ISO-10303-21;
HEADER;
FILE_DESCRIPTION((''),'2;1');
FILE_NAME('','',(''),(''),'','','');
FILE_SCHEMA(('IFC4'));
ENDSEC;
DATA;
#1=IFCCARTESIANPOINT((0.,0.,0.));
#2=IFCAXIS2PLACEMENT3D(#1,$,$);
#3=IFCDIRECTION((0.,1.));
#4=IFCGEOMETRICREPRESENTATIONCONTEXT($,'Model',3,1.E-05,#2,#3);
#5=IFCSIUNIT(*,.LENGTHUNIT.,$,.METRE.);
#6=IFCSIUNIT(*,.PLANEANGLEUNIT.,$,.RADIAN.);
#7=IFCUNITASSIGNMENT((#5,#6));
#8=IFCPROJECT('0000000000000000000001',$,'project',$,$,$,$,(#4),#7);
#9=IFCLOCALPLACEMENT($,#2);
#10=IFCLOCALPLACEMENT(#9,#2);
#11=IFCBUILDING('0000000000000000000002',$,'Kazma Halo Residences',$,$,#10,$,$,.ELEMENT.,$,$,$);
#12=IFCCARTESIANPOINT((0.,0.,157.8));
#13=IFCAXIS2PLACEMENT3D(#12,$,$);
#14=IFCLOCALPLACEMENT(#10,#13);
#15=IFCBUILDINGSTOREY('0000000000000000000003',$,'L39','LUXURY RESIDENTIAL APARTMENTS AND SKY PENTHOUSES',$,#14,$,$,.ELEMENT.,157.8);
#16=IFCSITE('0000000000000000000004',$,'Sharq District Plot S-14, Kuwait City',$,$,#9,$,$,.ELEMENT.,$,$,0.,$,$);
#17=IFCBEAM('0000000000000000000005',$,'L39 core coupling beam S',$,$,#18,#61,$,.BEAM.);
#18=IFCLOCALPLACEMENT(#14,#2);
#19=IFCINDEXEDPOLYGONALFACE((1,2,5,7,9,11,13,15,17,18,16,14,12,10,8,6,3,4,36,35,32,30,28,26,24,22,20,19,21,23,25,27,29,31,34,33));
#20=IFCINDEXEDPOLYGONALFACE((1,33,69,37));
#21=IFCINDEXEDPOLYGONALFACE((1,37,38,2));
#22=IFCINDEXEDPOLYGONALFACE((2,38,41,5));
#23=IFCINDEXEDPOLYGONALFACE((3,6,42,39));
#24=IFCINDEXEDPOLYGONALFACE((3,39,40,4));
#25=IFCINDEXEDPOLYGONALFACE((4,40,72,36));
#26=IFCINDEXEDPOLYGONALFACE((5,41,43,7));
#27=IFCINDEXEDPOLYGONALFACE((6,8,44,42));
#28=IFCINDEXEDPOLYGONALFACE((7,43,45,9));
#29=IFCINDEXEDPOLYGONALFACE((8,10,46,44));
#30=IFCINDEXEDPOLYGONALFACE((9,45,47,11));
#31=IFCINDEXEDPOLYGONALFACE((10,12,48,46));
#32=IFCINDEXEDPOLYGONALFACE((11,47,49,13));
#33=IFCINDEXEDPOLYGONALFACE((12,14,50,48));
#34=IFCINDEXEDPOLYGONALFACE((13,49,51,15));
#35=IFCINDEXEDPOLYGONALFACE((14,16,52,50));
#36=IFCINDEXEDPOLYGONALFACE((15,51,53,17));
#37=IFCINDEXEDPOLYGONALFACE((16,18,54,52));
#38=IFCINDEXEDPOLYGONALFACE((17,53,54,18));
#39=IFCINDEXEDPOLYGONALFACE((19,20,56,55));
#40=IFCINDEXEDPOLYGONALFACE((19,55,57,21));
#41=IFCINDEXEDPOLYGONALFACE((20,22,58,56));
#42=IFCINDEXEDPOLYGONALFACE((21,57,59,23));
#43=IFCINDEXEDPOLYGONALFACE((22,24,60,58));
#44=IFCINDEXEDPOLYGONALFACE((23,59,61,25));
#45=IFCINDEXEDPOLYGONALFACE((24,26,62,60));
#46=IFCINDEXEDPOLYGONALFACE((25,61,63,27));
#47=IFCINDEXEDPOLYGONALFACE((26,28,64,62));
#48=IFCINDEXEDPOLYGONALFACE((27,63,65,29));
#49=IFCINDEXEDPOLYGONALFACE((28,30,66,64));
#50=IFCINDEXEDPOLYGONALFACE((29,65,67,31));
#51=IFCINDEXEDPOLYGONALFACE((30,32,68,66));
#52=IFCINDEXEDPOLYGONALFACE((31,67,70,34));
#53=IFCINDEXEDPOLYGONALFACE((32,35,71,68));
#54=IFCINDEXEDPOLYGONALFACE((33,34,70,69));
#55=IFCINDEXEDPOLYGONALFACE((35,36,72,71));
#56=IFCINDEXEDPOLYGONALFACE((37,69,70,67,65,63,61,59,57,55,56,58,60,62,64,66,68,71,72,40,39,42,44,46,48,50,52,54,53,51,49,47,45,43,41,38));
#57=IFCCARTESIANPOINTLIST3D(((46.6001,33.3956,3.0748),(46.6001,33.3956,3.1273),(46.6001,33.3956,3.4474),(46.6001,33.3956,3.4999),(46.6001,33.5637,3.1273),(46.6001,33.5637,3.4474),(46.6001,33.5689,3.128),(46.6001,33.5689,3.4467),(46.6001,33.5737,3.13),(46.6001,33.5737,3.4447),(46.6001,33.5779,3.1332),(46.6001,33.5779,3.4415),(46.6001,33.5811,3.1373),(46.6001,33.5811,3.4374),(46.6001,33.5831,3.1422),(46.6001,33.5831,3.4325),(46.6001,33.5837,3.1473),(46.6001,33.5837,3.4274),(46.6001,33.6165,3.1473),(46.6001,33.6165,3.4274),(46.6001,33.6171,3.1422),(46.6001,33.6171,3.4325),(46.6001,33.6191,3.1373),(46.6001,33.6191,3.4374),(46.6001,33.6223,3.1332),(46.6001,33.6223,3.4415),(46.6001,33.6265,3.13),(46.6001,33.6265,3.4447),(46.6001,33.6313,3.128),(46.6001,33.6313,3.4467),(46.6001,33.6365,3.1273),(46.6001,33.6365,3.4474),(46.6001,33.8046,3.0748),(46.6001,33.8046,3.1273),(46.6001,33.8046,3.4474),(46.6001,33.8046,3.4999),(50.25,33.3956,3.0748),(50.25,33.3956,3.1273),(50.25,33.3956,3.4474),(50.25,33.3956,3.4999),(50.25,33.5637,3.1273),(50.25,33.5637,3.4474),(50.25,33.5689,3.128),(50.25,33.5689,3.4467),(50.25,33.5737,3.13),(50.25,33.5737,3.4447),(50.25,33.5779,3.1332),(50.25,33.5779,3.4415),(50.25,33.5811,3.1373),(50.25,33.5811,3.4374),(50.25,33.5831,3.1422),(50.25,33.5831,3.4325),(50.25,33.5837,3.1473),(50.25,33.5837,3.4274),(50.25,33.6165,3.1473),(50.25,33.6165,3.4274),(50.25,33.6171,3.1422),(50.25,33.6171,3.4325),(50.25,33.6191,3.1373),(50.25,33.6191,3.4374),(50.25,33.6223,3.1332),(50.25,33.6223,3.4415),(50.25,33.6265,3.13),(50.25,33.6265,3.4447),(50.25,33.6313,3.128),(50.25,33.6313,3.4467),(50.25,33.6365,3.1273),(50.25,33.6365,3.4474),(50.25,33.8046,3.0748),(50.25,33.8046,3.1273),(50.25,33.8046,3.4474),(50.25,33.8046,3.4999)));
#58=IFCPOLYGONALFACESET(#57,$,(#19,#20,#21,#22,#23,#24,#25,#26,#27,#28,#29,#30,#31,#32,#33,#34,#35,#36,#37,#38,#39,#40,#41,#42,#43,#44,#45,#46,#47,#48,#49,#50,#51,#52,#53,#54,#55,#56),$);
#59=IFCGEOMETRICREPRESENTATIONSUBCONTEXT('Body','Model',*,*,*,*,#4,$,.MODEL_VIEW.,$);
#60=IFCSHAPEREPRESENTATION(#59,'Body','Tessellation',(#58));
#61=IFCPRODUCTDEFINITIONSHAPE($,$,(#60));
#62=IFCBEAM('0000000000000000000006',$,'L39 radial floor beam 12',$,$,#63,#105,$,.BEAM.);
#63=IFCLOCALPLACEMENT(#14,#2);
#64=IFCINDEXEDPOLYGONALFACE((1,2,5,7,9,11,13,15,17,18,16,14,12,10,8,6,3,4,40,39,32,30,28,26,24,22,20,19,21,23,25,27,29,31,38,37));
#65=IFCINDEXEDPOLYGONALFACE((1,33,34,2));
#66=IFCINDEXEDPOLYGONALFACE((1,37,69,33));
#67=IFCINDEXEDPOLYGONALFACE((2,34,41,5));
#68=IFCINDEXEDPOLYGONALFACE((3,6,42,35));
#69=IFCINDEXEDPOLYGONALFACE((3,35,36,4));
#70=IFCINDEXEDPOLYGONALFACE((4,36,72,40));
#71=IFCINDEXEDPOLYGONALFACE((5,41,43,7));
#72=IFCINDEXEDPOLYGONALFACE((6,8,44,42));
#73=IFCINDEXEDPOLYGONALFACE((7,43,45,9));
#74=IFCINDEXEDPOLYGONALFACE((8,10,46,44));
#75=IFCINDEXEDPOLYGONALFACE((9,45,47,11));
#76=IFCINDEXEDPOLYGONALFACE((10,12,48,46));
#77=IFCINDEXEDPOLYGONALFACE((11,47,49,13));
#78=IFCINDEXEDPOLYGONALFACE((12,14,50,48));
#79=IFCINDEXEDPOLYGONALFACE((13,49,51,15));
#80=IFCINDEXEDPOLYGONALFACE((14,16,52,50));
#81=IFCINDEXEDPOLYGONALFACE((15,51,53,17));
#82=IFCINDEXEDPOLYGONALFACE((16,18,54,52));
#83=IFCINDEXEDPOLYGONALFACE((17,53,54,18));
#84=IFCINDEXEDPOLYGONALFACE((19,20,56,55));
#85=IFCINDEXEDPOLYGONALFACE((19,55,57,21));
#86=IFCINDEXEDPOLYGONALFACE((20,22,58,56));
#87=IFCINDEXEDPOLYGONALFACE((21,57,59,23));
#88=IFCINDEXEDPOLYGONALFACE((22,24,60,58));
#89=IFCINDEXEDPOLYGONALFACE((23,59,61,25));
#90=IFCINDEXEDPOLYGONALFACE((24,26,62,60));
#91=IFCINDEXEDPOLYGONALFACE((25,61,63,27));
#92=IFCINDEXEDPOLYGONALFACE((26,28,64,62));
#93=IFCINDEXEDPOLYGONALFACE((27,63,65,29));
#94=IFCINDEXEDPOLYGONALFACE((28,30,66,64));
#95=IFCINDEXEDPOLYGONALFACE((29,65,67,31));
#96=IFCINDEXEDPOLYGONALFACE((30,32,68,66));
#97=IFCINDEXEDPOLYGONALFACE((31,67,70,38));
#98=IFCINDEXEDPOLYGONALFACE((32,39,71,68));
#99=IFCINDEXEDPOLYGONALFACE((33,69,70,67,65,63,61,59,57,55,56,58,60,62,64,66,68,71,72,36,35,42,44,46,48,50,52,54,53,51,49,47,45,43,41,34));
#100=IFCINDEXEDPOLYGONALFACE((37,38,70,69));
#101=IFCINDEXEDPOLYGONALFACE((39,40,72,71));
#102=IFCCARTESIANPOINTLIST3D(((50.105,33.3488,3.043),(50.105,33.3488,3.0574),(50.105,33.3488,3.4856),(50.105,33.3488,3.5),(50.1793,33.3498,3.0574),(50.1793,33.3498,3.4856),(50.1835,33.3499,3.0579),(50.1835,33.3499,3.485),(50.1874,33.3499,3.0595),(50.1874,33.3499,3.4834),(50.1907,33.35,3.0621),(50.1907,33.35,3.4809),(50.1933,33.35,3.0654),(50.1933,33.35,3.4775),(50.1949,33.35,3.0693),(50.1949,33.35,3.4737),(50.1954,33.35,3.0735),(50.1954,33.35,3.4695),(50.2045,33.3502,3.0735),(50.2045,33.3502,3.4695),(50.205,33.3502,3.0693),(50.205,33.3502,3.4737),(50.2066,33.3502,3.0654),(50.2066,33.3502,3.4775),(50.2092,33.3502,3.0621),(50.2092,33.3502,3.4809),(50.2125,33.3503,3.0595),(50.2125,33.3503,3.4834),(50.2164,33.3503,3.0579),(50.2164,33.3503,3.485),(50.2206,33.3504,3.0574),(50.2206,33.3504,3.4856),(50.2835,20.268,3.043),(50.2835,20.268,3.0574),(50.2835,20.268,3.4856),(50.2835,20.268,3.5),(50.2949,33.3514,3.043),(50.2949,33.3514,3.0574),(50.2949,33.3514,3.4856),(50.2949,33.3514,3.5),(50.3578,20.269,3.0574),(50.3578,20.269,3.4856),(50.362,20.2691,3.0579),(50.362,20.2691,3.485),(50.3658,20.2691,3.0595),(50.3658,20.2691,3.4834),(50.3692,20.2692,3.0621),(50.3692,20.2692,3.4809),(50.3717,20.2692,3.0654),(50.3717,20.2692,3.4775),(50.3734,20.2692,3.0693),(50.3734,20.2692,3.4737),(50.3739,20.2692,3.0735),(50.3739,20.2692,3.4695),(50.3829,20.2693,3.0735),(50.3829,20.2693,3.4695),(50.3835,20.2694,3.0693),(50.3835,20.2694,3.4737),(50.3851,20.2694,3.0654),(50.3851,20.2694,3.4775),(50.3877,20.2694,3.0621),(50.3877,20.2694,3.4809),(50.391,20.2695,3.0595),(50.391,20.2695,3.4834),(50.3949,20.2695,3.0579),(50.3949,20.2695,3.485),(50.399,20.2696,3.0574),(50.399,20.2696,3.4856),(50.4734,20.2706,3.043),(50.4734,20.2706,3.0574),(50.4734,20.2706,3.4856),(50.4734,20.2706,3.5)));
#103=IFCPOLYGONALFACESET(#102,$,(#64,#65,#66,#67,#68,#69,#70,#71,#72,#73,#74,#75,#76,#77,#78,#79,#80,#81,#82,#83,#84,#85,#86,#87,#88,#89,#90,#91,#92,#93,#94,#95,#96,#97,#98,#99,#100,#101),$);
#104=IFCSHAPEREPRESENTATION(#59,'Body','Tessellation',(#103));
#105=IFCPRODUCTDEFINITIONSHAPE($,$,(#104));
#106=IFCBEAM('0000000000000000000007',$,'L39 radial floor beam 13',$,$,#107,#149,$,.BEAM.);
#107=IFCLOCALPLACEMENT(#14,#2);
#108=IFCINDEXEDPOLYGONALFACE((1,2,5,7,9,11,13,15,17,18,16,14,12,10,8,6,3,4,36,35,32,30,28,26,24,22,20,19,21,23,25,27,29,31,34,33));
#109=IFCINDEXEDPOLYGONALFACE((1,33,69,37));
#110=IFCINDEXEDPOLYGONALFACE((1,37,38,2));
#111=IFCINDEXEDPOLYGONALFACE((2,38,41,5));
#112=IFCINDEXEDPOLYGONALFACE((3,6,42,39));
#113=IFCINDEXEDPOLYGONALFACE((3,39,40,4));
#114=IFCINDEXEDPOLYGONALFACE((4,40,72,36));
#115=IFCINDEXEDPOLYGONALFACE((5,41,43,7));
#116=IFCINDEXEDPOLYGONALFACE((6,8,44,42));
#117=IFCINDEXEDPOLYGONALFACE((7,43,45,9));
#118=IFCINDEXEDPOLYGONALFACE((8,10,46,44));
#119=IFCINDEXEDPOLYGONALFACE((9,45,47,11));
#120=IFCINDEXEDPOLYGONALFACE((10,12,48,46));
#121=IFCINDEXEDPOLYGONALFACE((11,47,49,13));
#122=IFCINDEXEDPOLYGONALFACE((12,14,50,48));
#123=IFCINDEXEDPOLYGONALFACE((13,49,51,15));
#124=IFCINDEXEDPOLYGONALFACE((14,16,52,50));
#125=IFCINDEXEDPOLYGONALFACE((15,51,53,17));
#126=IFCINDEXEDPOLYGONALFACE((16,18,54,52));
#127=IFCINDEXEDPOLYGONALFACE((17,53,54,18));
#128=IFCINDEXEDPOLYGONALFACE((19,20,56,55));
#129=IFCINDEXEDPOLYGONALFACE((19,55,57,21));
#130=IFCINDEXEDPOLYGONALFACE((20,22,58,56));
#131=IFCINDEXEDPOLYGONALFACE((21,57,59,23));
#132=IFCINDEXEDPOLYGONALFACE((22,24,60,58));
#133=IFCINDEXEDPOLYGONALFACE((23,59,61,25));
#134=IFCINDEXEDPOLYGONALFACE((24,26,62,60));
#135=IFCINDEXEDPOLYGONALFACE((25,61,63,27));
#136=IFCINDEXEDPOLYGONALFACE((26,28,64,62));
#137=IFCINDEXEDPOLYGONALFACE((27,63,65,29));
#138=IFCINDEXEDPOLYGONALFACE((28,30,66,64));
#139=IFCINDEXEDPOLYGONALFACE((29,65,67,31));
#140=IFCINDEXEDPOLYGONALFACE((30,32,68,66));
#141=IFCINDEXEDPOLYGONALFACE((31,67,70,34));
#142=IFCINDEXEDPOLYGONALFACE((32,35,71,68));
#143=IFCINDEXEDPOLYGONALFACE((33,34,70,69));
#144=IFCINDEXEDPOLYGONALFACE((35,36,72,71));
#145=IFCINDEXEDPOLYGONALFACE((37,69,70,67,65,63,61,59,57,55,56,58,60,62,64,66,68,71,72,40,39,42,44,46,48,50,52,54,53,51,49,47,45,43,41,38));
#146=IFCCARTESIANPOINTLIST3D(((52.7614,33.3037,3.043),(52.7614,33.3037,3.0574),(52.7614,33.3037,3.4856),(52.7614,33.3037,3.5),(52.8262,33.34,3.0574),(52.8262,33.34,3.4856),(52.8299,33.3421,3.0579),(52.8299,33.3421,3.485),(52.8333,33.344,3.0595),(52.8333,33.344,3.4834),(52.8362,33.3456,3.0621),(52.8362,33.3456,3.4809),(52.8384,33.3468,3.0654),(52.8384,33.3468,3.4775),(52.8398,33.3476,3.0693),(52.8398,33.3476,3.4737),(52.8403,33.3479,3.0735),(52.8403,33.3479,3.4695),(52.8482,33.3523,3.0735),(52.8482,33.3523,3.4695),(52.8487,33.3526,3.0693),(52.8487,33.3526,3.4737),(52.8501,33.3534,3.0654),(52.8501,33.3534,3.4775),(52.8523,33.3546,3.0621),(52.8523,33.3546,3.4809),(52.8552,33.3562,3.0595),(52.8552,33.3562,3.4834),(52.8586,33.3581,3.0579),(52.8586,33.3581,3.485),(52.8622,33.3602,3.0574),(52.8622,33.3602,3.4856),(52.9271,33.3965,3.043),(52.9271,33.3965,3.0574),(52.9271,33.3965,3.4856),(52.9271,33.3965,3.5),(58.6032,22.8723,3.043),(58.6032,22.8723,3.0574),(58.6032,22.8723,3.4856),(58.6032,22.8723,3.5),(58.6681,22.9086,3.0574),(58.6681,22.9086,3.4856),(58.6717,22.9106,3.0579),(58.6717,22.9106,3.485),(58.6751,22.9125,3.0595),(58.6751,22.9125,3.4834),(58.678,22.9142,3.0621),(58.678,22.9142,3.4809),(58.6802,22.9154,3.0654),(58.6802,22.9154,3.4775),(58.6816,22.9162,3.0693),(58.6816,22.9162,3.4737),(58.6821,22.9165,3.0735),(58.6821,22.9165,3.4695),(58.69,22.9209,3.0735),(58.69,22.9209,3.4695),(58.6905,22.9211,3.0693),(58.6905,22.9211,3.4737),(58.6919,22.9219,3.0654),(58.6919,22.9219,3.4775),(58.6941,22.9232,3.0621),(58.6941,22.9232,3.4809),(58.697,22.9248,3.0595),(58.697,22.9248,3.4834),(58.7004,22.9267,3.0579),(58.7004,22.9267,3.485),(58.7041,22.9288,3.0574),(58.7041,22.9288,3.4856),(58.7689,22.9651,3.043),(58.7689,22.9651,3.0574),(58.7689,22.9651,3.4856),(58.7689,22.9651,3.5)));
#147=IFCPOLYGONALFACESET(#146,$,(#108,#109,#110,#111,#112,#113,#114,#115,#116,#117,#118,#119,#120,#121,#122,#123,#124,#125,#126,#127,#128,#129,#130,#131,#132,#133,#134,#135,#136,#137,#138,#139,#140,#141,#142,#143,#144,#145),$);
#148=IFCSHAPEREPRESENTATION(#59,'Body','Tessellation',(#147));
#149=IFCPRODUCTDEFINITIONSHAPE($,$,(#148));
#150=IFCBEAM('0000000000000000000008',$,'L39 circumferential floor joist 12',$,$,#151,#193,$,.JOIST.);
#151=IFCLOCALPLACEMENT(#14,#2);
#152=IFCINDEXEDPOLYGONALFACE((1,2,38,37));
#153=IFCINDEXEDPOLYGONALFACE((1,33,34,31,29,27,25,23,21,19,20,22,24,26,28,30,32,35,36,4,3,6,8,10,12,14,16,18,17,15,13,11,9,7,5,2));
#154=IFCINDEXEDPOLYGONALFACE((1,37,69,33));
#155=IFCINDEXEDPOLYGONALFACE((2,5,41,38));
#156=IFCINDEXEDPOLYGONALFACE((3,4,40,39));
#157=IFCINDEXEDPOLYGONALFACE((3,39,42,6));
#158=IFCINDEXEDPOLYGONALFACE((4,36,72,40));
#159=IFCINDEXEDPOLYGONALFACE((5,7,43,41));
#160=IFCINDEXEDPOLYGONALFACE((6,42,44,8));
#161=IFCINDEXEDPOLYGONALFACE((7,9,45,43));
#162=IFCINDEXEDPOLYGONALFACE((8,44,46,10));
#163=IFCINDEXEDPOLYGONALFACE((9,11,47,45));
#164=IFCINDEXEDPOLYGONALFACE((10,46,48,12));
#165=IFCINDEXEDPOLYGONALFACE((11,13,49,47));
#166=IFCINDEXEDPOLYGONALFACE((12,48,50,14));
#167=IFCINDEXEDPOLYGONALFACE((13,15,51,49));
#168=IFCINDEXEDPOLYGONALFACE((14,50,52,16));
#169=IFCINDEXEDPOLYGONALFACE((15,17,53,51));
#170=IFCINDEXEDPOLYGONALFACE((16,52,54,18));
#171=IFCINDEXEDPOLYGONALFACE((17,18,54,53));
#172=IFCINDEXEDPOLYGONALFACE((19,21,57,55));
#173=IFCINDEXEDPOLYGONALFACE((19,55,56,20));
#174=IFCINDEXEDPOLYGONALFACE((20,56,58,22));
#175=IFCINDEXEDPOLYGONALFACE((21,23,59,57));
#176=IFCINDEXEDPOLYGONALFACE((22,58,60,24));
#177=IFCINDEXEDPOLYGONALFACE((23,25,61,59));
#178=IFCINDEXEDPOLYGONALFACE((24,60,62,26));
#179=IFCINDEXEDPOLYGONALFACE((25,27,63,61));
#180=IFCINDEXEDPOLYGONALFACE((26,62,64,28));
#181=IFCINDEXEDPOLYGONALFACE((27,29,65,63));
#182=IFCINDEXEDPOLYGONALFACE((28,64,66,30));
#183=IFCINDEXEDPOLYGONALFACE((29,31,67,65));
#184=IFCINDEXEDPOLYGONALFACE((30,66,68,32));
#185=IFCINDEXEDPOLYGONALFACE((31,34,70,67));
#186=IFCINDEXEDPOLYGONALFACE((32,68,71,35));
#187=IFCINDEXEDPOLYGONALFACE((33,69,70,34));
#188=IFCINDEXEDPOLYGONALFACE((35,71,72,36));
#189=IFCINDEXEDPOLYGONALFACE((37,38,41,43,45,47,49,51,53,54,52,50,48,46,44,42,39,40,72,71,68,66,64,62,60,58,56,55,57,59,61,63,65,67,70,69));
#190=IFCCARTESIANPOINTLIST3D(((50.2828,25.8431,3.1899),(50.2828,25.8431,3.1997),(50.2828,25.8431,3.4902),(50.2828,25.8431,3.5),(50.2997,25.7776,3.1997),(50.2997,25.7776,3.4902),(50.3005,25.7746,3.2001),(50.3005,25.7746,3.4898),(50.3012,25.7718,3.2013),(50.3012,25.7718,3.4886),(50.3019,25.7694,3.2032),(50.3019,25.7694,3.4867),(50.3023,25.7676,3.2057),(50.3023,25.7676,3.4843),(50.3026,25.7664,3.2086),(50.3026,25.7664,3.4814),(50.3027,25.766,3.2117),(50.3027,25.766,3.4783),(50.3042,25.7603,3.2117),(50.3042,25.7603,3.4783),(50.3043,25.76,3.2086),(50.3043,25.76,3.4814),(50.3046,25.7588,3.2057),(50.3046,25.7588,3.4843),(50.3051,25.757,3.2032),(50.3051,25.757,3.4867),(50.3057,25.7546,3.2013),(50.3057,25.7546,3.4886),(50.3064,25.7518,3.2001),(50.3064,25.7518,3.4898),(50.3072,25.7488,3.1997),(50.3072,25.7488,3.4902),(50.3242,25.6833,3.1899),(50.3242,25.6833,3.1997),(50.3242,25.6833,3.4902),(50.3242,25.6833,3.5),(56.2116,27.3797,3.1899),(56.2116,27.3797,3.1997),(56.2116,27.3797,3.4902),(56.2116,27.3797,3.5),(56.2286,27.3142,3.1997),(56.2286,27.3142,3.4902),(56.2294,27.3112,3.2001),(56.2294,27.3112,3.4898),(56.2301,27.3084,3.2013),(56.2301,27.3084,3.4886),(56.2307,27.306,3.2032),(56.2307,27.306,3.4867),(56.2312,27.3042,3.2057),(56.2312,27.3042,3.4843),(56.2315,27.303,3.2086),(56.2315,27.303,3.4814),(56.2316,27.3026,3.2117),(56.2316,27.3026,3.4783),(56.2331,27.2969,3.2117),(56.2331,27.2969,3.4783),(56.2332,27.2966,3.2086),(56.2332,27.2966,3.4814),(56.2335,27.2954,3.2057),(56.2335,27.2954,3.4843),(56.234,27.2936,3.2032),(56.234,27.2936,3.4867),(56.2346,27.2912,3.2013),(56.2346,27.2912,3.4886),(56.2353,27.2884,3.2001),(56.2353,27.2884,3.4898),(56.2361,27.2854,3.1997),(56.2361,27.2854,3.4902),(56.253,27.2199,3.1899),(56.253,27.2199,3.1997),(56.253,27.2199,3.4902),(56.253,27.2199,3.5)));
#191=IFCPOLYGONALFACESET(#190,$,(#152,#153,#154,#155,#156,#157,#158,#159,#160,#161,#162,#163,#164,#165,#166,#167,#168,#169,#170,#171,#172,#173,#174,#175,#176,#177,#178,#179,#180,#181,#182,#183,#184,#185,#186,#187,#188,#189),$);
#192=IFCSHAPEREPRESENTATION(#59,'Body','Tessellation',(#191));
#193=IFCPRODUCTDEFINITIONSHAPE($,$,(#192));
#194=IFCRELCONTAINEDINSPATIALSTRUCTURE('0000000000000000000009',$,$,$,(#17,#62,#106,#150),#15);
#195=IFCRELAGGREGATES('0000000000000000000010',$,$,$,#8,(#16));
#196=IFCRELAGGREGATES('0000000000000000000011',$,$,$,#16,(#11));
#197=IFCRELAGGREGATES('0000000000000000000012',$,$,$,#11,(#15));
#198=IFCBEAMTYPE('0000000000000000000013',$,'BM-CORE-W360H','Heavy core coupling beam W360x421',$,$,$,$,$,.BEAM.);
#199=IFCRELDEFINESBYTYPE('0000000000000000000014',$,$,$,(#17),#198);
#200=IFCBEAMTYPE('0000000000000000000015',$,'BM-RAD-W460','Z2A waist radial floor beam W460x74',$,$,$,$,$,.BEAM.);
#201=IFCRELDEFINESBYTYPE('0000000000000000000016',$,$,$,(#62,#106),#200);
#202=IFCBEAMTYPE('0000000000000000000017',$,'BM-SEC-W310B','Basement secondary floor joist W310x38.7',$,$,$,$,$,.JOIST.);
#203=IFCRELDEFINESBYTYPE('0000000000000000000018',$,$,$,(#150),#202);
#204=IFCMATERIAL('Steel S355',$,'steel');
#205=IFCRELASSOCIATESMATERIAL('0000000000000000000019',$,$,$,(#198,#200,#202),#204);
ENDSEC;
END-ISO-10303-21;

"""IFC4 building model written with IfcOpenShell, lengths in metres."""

from ifc_helpers import new_model, si_unit, direction, frame, origin, origin_2d, place, context, subcontext, project, spatial, i_section, extrude, material, material_profile, profile_set, type_object, element, save


model = new_model("IFC4")

# Units and contexts
model_context = context("Model", 3, precision=1e-05, world=origin(), true_north=direction((0.0, 1.0)))
body_context = subcontext(model_context, "Body", "Model", "MODEL_VIEW")
ifc_project = project(units=[si_unit("LENGTHUNIT", "METRE"), si_unit("PLANEANGLEUNIT", "RADIAN")], contexts=[model_context])

# Site, building, storey
site_placement = place(None, origin())
site = spatial("IfcSite", under=ifc_project, at=site_placement, Name="Sharq District Plot S-14, Kuwait City", CompositionType="ELEMENT", RefElevation=0.0)
building_placement = place(site_placement, origin())
building = spatial("IfcBuilding", under=site, at=building_placement, Name="Kazma Halo Residences", CompositionType="ELEMENT")
storey_placement = place(building_placement, frame((0.0, 0.0, 157.8)))
storey = spatial("IfcBuildingStorey", under=building, at=storey_placement, Name="L39", Description="LUXURY RESIDENTIAL APARTMENTS AND SKY PENTHOUSES", CompositionType="ELEMENT", Elevation=157.8)

# Beams
ifc_material_1 = material(Name="Steel S355", Category="steel")
ifc_material_profile_1 = material_profile(ifc_material_1, i_section(OverallWidth=0.4089, OverallDepth=0.425, WebThickness=0.0327, FlangeThickness=0.0525, FilletRadius=0.02, at=origin_2d()), Name="W360x421")
ifc_profile_set_1 = profile_set([ifc_material_profile_1], Name="Steel S355")
beam_type_1 = type_object("IfcBeamType", Name="BM-CORE-W360H", Description="Heavy core coupling beam W360x421", PredefinedType="BEAM", material=ifc_profile_set_1)
beam_1_placement = place(storey_placement, frame((46.6001, 33.6001, 3.2874), z_axis=(1.0, 0.0, 0.0), x_axis=(0.0, 1.0, 0.0)))
element("IfcBeam", 1, at=beam_1_placement, inside=storey, type_object=beam_type_1, Name="L39 core coupling beam S", PredefinedType="BEAM", context=body_context, shape_type="SweptSolid", body=[
    extrude(i_section(OverallWidth=0.4089, OverallDepth=0.425, WebThickness=0.0327, FlangeThickness=0.0525, FilletRadius=0.02, at=origin_2d()), origin(), (0.0, 0.0, 1.0), 3.6499),
])
ifc_material_profile_2 = material_profile(ifc_material_1, i_section(OverallWidth=0.1899, OverallDepth=0.457, WebThickness=0.009, FlangeThickness=0.0144, FilletRadius=0.0161, at=origin_2d()), Name="W460x74")
ifc_profile_set_2 = profile_set([ifc_material_profile_2], Name="Steel S355")
beam_type_2 = type_object("IfcBeamType", Name="BM-RAD-W460", Description="Z2A waist radial floor beam W460x74", PredefinedType="BEAM", material=ifc_profile_set_2)
beam_2_placement = place(storey_placement, frame((50.2, 33.3501, 3.2715), z_axis=(0.013642, -0.999907, 0.0), x_axis=(0.999907, 0.013642, 0.0)))
element("IfcBeam", 2, at=beam_2_placement, inside=storey, type_object=beam_type_2, Name="L39 radial floor beam 12", PredefinedType="BEAM", context=body_context, shape_type="SweptSolid", body=[
    extrude(i_section(OverallWidth=0.1899, OverallDepth=0.457, WebThickness=0.009, FlangeThickness=0.0144, FilletRadius=0.0161, at=origin_2d()), origin(), (0.0, 0.0, 1.0), 13.082),
])
beam_3_placement = place(storey_placement, frame((52.8442, 33.3501, 3.2715), z_axis=(0.488617, -0.872498, 0.0), x_axis=(0.872498, 0.488617, 0.0)))
element("IfcBeam", 3, at=beam_3_placement, inside=storey, type_object=beam_type_2, Name="L39 radial floor beam 13", PredefinedType="BEAM", context=body_context, shape_type="SweptSolid", body=[
    extrude(i_section(OverallWidth=0.1899, OverallDepth=0.457, WebThickness=0.009, FlangeThickness=0.0144, FilletRadius=0.0161, at=origin_2d()), origin(), (0.0, 0.0, 1.0), 11.9558),
])
ifc_material_profile_3 = material_profile(ifc_material_1, i_section(OverallWidth=0.165, OverallDepth=0.3101, WebThickness=0.0059, FlangeThickness=0.0098, FilletRadius=0.012, at=origin_2d()), Name="W310x38.7")
ifc_profile_set_3 = profile_set([ifc_material_profile_3], Name="Steel S355")
beam_type_3 = type_object("IfcBeamType", Name="BM-SEC-W310B", Description="Basement secondary floor joist W310x38.7", PredefinedType="JOIST", material=ifc_profile_set_3)
beam_4_placement = place(storey_placement, frame((50.3035, 25.7632, 3.345), z_axis=(0.968017, 0.250883, 0.0), x_axis=(-0.250883, 0.968017, 0.0)))
element("IfcBeam", 4, at=beam_4_placement, inside=storey, type_object=beam_type_3, Name="L39 circumferential floor joist 12", PredefinedType="JOIST", context=body_context, shape_type="SweptSolid", body=[
    extrude(i_section(OverallWidth=0.165, OverallDepth=0.3101, WebThickness=0.0059, FlangeThickness=0.0098, FilletRadius=0.012, at=origin_2d()), origin(), (0.0, 0.0, 1.0), 6.1248),
])

save(model, "model.ifc")
